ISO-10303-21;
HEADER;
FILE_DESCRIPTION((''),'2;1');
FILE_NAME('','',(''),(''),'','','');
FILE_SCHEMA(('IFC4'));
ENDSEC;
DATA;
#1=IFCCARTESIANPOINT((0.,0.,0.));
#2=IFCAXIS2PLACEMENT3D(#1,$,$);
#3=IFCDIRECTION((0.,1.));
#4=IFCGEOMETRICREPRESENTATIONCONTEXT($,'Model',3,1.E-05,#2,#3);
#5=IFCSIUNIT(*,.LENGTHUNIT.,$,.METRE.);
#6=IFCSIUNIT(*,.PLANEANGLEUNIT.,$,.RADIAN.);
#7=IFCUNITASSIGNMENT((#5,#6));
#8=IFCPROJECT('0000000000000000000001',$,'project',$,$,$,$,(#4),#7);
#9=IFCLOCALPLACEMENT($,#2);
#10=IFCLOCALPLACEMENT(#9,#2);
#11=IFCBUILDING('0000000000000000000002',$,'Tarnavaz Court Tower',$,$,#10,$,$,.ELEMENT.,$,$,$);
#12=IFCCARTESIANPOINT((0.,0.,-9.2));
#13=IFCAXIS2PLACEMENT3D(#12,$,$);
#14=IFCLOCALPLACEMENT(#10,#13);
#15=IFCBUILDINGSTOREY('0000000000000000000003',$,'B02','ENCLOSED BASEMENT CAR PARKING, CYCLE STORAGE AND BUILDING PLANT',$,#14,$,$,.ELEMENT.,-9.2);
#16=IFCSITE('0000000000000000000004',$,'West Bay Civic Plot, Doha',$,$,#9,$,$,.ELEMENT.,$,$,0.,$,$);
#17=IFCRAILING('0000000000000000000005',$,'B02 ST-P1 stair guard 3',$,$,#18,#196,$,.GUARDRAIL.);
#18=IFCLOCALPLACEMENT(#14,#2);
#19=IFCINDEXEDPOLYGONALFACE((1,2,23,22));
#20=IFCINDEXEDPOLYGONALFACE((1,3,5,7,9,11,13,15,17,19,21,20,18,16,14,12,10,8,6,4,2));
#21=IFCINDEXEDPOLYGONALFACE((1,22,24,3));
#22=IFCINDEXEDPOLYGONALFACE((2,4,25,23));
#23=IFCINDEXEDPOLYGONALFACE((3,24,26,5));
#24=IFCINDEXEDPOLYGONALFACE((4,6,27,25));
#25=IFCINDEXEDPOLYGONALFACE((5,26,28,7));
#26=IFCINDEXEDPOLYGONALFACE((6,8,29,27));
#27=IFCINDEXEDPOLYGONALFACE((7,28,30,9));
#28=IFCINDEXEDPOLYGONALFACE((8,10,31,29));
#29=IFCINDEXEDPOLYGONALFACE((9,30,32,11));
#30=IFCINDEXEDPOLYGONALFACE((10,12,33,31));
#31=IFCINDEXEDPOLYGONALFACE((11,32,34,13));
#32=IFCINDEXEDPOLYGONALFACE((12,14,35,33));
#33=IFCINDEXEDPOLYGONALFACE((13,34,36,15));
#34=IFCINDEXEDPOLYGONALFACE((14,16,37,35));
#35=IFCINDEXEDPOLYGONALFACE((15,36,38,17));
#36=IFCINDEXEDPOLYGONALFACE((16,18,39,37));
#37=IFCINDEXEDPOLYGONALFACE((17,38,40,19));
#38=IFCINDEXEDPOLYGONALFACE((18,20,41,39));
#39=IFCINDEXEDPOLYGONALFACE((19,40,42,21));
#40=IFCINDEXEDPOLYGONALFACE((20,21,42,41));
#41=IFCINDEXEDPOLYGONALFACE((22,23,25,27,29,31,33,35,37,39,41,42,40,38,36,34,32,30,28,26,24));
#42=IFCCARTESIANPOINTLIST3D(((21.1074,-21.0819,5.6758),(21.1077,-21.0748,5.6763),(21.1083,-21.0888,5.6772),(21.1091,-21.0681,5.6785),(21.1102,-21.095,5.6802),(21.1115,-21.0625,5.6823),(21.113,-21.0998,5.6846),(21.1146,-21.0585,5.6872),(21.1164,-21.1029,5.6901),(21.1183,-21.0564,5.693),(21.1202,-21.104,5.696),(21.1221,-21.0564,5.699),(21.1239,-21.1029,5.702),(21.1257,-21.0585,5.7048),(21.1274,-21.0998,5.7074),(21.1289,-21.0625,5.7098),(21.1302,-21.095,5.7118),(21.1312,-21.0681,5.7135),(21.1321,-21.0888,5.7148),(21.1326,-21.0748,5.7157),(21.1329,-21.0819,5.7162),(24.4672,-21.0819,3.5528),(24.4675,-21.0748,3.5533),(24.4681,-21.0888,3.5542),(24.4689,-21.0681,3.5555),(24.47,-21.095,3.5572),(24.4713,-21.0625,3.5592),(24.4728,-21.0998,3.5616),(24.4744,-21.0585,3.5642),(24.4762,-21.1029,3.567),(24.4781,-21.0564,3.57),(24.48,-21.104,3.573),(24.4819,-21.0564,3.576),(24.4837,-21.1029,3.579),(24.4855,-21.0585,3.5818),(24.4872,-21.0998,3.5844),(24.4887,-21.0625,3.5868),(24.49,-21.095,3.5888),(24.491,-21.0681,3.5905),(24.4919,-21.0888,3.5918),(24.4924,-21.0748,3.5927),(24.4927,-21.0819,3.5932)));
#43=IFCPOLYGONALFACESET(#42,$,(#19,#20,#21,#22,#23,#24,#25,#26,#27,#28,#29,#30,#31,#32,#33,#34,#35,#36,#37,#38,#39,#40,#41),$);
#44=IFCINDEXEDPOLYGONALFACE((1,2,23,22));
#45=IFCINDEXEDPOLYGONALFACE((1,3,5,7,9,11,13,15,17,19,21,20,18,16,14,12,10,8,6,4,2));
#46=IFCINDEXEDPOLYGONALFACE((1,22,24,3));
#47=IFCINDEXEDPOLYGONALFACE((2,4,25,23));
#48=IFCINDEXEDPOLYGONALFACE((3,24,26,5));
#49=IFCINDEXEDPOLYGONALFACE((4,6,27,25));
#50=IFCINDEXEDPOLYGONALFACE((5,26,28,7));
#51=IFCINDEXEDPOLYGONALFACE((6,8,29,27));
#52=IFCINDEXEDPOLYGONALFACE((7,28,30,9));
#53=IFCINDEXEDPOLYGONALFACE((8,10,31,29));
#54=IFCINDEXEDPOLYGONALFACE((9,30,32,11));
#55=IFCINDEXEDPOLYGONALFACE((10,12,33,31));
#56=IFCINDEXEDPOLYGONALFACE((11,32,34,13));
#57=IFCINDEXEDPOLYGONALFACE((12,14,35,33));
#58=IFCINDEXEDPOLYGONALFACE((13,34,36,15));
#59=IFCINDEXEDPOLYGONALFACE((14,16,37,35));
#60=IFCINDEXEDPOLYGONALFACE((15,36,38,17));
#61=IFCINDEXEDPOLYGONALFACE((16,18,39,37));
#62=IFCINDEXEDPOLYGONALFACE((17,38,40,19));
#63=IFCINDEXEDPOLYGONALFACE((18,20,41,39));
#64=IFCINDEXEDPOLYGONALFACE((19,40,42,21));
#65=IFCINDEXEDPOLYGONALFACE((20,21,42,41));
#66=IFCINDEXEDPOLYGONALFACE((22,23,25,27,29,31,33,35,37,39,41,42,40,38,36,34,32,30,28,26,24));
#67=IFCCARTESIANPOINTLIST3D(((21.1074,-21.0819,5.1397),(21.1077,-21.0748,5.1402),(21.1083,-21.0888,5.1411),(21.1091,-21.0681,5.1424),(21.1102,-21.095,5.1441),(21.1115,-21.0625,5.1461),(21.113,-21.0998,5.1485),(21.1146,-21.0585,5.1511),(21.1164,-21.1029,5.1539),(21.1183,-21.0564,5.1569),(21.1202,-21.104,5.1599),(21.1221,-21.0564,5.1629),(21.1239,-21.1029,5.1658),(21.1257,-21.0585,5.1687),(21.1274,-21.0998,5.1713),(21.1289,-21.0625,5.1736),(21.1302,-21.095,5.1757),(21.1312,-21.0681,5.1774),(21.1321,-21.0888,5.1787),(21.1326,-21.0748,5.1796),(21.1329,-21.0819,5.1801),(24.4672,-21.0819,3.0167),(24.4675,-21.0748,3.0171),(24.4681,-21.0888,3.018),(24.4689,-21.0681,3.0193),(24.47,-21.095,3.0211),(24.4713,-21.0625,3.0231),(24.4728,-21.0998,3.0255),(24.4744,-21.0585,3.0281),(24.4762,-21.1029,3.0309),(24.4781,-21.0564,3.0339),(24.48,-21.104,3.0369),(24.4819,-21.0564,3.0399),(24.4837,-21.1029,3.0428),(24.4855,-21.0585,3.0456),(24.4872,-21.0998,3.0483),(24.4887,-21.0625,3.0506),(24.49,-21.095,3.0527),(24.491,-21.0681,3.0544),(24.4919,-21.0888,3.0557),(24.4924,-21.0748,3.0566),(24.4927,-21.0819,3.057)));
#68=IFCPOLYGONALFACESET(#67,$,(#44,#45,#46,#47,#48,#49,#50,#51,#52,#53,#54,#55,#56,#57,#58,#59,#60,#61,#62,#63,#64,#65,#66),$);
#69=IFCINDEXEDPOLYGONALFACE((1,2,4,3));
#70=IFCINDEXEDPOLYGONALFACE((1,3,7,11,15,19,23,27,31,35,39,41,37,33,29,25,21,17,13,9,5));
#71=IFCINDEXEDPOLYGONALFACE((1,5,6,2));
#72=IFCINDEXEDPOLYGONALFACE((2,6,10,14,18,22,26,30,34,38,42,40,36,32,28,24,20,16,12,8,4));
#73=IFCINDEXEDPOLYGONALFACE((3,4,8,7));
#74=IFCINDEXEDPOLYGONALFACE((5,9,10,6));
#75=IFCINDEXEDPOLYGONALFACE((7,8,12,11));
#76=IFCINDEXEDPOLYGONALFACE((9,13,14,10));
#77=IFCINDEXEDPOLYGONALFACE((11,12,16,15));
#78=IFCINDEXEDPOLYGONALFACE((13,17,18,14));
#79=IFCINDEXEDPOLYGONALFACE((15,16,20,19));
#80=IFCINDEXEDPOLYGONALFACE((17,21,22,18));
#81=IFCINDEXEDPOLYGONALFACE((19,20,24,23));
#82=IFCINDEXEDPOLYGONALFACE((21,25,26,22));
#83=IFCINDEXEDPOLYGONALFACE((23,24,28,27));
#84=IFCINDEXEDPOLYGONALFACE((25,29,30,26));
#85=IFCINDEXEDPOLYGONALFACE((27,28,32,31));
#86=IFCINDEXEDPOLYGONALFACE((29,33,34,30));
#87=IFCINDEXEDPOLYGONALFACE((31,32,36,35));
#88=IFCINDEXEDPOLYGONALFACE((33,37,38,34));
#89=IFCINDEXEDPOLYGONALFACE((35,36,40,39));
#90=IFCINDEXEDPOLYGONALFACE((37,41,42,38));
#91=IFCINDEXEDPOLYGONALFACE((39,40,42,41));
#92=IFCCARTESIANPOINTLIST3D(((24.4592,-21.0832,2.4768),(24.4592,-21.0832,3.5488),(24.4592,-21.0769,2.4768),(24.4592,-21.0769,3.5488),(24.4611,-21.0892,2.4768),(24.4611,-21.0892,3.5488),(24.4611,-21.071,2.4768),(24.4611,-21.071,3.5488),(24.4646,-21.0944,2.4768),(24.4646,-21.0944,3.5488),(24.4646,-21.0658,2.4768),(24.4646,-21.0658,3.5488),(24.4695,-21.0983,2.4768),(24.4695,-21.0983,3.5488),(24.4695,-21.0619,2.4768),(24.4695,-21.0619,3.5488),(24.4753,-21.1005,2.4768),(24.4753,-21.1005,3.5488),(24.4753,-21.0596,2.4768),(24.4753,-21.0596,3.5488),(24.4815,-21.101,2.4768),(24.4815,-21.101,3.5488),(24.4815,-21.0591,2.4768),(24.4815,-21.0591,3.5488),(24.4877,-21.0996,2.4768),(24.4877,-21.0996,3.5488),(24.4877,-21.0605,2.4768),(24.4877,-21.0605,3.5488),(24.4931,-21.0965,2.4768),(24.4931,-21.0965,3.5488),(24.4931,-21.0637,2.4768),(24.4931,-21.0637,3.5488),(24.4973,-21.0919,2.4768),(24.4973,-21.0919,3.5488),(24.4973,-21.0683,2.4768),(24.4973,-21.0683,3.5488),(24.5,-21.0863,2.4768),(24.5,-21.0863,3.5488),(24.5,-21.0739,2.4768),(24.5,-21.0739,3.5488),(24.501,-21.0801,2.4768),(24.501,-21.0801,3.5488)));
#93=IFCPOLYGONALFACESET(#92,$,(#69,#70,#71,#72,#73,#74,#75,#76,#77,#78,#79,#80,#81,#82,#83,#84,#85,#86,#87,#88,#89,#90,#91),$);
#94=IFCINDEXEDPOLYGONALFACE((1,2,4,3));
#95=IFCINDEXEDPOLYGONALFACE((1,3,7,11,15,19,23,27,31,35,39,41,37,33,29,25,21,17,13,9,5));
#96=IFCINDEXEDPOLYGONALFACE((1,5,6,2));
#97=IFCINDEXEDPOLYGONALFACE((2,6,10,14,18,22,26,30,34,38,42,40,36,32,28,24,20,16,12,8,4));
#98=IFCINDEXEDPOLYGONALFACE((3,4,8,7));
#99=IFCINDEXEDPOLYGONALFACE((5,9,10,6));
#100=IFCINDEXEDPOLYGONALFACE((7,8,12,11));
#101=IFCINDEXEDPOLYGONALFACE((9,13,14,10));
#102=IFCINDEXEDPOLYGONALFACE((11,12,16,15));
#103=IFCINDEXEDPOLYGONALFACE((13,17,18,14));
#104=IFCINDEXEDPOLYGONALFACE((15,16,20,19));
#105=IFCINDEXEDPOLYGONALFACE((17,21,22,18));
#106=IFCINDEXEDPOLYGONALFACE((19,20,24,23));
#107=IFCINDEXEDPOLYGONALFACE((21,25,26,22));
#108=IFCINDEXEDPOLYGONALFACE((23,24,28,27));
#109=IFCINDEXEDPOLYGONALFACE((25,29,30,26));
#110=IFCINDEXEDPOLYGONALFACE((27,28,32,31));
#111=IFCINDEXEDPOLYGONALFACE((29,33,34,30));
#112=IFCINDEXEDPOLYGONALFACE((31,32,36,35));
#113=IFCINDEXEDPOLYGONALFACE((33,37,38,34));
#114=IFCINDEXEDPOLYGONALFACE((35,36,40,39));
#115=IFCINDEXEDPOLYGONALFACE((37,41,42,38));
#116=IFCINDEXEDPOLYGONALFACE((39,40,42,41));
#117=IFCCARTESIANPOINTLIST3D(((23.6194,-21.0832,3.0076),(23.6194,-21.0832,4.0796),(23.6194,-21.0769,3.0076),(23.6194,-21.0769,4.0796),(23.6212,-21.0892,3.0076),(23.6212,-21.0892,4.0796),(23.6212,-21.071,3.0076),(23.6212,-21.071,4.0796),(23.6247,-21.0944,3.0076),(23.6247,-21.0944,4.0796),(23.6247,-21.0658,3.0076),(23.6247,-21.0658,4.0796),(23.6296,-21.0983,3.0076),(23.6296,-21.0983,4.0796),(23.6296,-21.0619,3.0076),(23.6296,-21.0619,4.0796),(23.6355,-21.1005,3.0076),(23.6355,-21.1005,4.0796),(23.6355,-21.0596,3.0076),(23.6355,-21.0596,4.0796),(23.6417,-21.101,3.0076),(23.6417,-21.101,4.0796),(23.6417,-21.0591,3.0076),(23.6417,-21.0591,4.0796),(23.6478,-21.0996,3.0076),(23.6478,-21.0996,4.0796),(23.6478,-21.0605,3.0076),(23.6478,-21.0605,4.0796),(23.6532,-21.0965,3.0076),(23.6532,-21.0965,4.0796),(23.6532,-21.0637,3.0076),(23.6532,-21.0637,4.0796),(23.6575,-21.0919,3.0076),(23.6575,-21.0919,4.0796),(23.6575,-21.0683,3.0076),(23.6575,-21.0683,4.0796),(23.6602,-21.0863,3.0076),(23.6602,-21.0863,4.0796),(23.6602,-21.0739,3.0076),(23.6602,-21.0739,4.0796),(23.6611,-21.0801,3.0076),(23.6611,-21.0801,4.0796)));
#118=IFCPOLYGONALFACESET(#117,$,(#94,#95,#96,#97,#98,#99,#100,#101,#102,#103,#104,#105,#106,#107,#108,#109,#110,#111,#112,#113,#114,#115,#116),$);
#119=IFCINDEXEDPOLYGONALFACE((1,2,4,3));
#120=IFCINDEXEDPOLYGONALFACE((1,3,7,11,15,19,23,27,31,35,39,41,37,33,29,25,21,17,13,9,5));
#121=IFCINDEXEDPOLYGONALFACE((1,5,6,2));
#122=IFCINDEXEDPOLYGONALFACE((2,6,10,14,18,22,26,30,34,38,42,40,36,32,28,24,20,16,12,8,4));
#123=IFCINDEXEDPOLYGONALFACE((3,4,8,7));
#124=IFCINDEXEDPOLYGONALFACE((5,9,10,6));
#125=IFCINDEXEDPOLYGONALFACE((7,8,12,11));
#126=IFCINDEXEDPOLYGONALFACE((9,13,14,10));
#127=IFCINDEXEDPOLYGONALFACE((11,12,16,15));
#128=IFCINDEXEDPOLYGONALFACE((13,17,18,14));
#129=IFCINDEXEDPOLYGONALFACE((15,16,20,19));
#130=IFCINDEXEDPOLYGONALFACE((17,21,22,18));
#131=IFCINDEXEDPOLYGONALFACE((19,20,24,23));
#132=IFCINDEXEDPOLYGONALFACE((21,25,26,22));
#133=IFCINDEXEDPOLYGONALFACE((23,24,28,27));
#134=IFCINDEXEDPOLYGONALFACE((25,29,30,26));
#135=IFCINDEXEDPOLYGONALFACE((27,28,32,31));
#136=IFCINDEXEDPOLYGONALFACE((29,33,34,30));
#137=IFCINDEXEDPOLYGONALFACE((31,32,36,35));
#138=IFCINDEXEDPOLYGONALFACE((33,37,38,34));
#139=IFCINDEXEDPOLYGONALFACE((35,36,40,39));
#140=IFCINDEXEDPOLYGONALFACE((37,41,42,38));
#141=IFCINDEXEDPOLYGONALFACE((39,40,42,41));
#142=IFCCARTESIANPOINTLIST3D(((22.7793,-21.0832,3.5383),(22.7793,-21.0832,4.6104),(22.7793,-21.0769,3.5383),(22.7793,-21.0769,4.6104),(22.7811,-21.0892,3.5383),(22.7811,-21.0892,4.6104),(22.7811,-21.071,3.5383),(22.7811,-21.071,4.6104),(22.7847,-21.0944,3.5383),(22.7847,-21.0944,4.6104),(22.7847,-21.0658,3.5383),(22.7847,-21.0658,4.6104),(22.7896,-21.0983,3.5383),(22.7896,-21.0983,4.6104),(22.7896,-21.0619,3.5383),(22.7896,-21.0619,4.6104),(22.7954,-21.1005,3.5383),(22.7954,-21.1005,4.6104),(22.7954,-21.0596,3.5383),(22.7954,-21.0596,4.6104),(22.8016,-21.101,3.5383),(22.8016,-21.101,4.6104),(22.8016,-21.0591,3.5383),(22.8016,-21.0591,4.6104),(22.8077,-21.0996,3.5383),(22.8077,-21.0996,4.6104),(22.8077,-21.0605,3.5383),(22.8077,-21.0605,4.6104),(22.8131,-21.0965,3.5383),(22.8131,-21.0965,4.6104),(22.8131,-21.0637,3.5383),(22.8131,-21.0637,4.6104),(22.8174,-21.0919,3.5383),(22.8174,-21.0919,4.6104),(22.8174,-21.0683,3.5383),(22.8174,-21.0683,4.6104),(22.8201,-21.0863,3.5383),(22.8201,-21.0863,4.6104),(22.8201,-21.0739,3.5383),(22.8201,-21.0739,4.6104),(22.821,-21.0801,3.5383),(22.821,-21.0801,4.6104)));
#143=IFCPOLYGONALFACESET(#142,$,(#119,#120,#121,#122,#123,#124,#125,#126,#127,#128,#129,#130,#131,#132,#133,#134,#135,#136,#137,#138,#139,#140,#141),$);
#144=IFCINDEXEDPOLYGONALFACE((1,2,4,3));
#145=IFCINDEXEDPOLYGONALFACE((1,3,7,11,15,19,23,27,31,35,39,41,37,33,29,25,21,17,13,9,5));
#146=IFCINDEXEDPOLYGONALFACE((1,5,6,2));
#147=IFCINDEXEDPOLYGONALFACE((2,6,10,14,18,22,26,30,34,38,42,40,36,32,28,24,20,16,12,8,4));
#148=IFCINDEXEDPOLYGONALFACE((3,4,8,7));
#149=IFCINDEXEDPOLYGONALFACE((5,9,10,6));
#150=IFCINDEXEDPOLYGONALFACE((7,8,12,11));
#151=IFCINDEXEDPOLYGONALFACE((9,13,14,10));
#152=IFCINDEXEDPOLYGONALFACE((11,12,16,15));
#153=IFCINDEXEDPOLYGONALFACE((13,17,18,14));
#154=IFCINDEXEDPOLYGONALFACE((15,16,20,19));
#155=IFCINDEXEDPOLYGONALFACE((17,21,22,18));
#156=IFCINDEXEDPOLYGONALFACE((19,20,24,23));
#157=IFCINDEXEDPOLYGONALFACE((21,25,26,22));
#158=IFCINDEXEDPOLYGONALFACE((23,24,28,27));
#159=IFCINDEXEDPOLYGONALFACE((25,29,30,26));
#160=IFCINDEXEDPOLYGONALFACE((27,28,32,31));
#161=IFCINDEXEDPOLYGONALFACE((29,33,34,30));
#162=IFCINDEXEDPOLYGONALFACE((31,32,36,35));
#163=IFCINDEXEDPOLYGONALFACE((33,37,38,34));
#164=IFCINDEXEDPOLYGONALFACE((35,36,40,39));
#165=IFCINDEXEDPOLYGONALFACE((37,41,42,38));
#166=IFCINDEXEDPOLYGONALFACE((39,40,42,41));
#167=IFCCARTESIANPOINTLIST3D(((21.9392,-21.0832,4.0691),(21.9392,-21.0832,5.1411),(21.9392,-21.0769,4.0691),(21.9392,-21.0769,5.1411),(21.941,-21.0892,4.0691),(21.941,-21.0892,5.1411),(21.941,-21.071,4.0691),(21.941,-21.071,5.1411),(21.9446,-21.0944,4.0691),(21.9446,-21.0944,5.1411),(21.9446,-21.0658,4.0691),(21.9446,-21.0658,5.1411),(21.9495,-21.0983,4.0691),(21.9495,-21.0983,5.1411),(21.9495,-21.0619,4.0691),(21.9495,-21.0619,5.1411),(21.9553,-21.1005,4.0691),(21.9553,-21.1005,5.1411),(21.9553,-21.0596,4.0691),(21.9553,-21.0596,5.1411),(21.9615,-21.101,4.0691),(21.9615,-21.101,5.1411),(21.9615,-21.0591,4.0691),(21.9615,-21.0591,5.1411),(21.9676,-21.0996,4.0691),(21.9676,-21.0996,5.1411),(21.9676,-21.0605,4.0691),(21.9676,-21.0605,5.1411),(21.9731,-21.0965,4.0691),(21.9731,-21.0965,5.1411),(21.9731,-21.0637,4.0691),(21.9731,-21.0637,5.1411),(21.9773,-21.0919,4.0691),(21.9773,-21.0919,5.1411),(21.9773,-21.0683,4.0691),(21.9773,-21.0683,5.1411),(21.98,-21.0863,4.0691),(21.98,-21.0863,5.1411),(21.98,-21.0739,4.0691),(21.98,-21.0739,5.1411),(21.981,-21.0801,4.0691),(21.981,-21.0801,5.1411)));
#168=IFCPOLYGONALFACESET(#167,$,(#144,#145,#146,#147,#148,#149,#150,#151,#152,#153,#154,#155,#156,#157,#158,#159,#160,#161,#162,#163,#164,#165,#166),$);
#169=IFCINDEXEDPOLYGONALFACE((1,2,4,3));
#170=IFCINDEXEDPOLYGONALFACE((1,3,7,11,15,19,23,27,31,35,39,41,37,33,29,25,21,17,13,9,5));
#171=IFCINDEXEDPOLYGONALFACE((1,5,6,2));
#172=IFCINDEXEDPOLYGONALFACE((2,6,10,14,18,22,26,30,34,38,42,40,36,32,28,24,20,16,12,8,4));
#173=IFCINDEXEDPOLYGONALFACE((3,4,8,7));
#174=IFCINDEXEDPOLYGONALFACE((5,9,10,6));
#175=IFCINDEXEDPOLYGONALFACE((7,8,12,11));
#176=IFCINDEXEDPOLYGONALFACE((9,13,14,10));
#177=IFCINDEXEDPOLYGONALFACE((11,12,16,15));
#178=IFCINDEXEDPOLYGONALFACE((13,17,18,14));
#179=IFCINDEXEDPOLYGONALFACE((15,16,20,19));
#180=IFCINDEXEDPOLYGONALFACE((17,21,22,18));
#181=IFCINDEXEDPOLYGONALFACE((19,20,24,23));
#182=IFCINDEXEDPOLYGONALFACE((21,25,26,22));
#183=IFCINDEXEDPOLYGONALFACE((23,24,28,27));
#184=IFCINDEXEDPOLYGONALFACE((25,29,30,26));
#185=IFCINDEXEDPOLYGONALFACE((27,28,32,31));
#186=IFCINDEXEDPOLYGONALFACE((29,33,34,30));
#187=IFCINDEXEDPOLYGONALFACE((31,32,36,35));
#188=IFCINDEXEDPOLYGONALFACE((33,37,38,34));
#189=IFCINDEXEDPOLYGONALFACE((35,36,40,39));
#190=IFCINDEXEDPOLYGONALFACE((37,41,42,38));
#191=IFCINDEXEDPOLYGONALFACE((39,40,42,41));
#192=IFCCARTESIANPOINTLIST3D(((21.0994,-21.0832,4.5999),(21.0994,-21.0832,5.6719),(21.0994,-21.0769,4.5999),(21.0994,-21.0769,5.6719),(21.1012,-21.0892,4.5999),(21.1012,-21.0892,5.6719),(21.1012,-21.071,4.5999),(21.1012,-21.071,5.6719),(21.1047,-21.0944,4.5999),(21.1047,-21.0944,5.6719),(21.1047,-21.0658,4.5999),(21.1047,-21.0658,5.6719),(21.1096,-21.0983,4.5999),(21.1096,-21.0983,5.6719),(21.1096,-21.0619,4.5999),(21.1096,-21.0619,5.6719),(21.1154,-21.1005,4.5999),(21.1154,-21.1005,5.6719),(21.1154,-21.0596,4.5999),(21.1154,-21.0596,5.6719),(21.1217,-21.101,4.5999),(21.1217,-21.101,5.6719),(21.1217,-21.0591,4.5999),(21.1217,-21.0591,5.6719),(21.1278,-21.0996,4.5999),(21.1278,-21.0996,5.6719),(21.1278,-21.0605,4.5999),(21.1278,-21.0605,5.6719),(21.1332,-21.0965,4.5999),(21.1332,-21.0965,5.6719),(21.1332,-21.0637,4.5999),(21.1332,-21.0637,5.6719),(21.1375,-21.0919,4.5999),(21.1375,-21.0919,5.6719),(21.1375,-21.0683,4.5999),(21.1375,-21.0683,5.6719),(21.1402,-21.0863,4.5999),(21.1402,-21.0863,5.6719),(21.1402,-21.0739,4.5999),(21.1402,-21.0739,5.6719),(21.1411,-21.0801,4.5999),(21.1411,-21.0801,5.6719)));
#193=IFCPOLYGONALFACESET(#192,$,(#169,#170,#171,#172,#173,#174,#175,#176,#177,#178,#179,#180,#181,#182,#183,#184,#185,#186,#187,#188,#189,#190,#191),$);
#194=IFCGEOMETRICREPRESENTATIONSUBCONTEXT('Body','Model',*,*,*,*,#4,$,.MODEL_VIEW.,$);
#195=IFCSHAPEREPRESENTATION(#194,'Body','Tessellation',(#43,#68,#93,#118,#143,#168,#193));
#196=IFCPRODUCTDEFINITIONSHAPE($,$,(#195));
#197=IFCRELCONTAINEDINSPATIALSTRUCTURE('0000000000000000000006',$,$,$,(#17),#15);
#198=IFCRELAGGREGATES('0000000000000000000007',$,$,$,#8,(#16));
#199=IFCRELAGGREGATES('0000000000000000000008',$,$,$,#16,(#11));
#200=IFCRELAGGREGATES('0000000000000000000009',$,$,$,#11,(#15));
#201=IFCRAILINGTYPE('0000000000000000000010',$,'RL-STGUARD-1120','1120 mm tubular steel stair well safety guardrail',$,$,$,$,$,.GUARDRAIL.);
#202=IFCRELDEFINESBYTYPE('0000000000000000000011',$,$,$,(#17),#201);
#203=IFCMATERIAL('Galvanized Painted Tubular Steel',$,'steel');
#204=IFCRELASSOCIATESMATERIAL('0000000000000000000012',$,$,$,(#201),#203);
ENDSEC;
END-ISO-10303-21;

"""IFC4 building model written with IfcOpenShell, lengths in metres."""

from ifc_helpers import new_model, si_unit, direction, frame, origin, origin_2d, place, context, subcontext, project, spatial, circle, extrude, material, type_object, element, save


model = new_model("IFC4")

# Units and contexts
model_context = context("Model", 3, precision=1e-05, world=origin(), true_north=direction((0.0, 1.0)))
body_context = subcontext(model_context, "Body", "Model", "MODEL_VIEW")
ifc_project = project(units=[si_unit("LENGTHUNIT", "METRE"), si_unit("PLANEANGLEUNIT", "RADIAN")], contexts=[model_context])

# Site, building, storey
site_placement = place(None, origin())
site = spatial("IfcSite", under=ifc_project, at=site_placement, Name="West Bay Civic Plot, Doha", CompositionType="ELEMENT", RefElevation=0.0)
building_placement = place(site_placement, origin())
building = spatial("IfcBuilding", under=site, at=building_placement, Name="Tarnavaz Court Tower", CompositionType="ELEMENT")
storey_placement = place(building_placement, frame((0.0, 0.0, -9.2)))
storey = spatial("IfcBuildingStorey", under=building, at=storey_placement, Name="B02", Description="ENCLOSED BASEMENT CAR PARKING, CYCLE STORAGE AND BUILDING PLANT", CompositionType="ELEMENT", Elevation=-9.2)

# Railing
ifc_material_1 = material(Name="Galvanized Painted Tubular Steel", Category="steel")
railing_type_1 = type_object("IfcRailingType", Name="RL-STGUARD-1120", Description="1120 mm tubular steel stair well safety guardrail", PredefinedType="GUARDRAIL", material=ifc_material_1)
railing_1_placement = place(storey_placement, frame((24.48, -21.0801, 2.4768)))
element("IfcRailing", 1, at=railing_1_placement, inside=storey, type_object=railing_type_1, Name="B02 ST-P1 stair guard 3", PredefinedType="GUARDRAIL", context=body_context, shape_type="SweptSolid", body=[
    extrude(circle(Radius=0.0239, at=origin_2d()), frame((0.0, 0.0, 1.0962), z_axis=(-0.845372, 0.0, 0.534178), x_axis=(0.0, -1.0, 0.0)), (0.0, 0.0, 1.0), 3.9744),
    extrude(circle(Radius=0.0239, at=origin_2d()), frame((0.0, 0.0, 0.5601), z_axis=(-0.845372, 0.0, 0.534178), x_axis=(0.0, -1.0, 0.0)), (0.0, 0.0, 1.0), 3.9744),
    extrude(circle(Radius=0.021, at=origin_2d()), origin(), (0.0, 0.0, 1.0), 1.072),
    extrude(circle(Radius=0.021, at=origin_2d()), frame((-0.8398, 0.0, 0.5308)), (0.0, 0.0, 1.0), 1.072),
    extrude(circle(Radius=0.021, at=origin_2d()), frame((-1.6799, 0.0, 1.0615)), (0.0, 0.0, 1.0), 1.072),
    extrude(circle(Radius=0.021, at=origin_2d()), frame((-2.52, 0.0, 1.5923)), (0.0, 0.0, 1.0), 1.072),
    extrude(circle(Radius=0.021, at=origin_2d()), frame((-3.3599, 0.0, 2.123)), (0.0, 0.0, 1.0), 1.072),
])

save(model, "model.ifc")
